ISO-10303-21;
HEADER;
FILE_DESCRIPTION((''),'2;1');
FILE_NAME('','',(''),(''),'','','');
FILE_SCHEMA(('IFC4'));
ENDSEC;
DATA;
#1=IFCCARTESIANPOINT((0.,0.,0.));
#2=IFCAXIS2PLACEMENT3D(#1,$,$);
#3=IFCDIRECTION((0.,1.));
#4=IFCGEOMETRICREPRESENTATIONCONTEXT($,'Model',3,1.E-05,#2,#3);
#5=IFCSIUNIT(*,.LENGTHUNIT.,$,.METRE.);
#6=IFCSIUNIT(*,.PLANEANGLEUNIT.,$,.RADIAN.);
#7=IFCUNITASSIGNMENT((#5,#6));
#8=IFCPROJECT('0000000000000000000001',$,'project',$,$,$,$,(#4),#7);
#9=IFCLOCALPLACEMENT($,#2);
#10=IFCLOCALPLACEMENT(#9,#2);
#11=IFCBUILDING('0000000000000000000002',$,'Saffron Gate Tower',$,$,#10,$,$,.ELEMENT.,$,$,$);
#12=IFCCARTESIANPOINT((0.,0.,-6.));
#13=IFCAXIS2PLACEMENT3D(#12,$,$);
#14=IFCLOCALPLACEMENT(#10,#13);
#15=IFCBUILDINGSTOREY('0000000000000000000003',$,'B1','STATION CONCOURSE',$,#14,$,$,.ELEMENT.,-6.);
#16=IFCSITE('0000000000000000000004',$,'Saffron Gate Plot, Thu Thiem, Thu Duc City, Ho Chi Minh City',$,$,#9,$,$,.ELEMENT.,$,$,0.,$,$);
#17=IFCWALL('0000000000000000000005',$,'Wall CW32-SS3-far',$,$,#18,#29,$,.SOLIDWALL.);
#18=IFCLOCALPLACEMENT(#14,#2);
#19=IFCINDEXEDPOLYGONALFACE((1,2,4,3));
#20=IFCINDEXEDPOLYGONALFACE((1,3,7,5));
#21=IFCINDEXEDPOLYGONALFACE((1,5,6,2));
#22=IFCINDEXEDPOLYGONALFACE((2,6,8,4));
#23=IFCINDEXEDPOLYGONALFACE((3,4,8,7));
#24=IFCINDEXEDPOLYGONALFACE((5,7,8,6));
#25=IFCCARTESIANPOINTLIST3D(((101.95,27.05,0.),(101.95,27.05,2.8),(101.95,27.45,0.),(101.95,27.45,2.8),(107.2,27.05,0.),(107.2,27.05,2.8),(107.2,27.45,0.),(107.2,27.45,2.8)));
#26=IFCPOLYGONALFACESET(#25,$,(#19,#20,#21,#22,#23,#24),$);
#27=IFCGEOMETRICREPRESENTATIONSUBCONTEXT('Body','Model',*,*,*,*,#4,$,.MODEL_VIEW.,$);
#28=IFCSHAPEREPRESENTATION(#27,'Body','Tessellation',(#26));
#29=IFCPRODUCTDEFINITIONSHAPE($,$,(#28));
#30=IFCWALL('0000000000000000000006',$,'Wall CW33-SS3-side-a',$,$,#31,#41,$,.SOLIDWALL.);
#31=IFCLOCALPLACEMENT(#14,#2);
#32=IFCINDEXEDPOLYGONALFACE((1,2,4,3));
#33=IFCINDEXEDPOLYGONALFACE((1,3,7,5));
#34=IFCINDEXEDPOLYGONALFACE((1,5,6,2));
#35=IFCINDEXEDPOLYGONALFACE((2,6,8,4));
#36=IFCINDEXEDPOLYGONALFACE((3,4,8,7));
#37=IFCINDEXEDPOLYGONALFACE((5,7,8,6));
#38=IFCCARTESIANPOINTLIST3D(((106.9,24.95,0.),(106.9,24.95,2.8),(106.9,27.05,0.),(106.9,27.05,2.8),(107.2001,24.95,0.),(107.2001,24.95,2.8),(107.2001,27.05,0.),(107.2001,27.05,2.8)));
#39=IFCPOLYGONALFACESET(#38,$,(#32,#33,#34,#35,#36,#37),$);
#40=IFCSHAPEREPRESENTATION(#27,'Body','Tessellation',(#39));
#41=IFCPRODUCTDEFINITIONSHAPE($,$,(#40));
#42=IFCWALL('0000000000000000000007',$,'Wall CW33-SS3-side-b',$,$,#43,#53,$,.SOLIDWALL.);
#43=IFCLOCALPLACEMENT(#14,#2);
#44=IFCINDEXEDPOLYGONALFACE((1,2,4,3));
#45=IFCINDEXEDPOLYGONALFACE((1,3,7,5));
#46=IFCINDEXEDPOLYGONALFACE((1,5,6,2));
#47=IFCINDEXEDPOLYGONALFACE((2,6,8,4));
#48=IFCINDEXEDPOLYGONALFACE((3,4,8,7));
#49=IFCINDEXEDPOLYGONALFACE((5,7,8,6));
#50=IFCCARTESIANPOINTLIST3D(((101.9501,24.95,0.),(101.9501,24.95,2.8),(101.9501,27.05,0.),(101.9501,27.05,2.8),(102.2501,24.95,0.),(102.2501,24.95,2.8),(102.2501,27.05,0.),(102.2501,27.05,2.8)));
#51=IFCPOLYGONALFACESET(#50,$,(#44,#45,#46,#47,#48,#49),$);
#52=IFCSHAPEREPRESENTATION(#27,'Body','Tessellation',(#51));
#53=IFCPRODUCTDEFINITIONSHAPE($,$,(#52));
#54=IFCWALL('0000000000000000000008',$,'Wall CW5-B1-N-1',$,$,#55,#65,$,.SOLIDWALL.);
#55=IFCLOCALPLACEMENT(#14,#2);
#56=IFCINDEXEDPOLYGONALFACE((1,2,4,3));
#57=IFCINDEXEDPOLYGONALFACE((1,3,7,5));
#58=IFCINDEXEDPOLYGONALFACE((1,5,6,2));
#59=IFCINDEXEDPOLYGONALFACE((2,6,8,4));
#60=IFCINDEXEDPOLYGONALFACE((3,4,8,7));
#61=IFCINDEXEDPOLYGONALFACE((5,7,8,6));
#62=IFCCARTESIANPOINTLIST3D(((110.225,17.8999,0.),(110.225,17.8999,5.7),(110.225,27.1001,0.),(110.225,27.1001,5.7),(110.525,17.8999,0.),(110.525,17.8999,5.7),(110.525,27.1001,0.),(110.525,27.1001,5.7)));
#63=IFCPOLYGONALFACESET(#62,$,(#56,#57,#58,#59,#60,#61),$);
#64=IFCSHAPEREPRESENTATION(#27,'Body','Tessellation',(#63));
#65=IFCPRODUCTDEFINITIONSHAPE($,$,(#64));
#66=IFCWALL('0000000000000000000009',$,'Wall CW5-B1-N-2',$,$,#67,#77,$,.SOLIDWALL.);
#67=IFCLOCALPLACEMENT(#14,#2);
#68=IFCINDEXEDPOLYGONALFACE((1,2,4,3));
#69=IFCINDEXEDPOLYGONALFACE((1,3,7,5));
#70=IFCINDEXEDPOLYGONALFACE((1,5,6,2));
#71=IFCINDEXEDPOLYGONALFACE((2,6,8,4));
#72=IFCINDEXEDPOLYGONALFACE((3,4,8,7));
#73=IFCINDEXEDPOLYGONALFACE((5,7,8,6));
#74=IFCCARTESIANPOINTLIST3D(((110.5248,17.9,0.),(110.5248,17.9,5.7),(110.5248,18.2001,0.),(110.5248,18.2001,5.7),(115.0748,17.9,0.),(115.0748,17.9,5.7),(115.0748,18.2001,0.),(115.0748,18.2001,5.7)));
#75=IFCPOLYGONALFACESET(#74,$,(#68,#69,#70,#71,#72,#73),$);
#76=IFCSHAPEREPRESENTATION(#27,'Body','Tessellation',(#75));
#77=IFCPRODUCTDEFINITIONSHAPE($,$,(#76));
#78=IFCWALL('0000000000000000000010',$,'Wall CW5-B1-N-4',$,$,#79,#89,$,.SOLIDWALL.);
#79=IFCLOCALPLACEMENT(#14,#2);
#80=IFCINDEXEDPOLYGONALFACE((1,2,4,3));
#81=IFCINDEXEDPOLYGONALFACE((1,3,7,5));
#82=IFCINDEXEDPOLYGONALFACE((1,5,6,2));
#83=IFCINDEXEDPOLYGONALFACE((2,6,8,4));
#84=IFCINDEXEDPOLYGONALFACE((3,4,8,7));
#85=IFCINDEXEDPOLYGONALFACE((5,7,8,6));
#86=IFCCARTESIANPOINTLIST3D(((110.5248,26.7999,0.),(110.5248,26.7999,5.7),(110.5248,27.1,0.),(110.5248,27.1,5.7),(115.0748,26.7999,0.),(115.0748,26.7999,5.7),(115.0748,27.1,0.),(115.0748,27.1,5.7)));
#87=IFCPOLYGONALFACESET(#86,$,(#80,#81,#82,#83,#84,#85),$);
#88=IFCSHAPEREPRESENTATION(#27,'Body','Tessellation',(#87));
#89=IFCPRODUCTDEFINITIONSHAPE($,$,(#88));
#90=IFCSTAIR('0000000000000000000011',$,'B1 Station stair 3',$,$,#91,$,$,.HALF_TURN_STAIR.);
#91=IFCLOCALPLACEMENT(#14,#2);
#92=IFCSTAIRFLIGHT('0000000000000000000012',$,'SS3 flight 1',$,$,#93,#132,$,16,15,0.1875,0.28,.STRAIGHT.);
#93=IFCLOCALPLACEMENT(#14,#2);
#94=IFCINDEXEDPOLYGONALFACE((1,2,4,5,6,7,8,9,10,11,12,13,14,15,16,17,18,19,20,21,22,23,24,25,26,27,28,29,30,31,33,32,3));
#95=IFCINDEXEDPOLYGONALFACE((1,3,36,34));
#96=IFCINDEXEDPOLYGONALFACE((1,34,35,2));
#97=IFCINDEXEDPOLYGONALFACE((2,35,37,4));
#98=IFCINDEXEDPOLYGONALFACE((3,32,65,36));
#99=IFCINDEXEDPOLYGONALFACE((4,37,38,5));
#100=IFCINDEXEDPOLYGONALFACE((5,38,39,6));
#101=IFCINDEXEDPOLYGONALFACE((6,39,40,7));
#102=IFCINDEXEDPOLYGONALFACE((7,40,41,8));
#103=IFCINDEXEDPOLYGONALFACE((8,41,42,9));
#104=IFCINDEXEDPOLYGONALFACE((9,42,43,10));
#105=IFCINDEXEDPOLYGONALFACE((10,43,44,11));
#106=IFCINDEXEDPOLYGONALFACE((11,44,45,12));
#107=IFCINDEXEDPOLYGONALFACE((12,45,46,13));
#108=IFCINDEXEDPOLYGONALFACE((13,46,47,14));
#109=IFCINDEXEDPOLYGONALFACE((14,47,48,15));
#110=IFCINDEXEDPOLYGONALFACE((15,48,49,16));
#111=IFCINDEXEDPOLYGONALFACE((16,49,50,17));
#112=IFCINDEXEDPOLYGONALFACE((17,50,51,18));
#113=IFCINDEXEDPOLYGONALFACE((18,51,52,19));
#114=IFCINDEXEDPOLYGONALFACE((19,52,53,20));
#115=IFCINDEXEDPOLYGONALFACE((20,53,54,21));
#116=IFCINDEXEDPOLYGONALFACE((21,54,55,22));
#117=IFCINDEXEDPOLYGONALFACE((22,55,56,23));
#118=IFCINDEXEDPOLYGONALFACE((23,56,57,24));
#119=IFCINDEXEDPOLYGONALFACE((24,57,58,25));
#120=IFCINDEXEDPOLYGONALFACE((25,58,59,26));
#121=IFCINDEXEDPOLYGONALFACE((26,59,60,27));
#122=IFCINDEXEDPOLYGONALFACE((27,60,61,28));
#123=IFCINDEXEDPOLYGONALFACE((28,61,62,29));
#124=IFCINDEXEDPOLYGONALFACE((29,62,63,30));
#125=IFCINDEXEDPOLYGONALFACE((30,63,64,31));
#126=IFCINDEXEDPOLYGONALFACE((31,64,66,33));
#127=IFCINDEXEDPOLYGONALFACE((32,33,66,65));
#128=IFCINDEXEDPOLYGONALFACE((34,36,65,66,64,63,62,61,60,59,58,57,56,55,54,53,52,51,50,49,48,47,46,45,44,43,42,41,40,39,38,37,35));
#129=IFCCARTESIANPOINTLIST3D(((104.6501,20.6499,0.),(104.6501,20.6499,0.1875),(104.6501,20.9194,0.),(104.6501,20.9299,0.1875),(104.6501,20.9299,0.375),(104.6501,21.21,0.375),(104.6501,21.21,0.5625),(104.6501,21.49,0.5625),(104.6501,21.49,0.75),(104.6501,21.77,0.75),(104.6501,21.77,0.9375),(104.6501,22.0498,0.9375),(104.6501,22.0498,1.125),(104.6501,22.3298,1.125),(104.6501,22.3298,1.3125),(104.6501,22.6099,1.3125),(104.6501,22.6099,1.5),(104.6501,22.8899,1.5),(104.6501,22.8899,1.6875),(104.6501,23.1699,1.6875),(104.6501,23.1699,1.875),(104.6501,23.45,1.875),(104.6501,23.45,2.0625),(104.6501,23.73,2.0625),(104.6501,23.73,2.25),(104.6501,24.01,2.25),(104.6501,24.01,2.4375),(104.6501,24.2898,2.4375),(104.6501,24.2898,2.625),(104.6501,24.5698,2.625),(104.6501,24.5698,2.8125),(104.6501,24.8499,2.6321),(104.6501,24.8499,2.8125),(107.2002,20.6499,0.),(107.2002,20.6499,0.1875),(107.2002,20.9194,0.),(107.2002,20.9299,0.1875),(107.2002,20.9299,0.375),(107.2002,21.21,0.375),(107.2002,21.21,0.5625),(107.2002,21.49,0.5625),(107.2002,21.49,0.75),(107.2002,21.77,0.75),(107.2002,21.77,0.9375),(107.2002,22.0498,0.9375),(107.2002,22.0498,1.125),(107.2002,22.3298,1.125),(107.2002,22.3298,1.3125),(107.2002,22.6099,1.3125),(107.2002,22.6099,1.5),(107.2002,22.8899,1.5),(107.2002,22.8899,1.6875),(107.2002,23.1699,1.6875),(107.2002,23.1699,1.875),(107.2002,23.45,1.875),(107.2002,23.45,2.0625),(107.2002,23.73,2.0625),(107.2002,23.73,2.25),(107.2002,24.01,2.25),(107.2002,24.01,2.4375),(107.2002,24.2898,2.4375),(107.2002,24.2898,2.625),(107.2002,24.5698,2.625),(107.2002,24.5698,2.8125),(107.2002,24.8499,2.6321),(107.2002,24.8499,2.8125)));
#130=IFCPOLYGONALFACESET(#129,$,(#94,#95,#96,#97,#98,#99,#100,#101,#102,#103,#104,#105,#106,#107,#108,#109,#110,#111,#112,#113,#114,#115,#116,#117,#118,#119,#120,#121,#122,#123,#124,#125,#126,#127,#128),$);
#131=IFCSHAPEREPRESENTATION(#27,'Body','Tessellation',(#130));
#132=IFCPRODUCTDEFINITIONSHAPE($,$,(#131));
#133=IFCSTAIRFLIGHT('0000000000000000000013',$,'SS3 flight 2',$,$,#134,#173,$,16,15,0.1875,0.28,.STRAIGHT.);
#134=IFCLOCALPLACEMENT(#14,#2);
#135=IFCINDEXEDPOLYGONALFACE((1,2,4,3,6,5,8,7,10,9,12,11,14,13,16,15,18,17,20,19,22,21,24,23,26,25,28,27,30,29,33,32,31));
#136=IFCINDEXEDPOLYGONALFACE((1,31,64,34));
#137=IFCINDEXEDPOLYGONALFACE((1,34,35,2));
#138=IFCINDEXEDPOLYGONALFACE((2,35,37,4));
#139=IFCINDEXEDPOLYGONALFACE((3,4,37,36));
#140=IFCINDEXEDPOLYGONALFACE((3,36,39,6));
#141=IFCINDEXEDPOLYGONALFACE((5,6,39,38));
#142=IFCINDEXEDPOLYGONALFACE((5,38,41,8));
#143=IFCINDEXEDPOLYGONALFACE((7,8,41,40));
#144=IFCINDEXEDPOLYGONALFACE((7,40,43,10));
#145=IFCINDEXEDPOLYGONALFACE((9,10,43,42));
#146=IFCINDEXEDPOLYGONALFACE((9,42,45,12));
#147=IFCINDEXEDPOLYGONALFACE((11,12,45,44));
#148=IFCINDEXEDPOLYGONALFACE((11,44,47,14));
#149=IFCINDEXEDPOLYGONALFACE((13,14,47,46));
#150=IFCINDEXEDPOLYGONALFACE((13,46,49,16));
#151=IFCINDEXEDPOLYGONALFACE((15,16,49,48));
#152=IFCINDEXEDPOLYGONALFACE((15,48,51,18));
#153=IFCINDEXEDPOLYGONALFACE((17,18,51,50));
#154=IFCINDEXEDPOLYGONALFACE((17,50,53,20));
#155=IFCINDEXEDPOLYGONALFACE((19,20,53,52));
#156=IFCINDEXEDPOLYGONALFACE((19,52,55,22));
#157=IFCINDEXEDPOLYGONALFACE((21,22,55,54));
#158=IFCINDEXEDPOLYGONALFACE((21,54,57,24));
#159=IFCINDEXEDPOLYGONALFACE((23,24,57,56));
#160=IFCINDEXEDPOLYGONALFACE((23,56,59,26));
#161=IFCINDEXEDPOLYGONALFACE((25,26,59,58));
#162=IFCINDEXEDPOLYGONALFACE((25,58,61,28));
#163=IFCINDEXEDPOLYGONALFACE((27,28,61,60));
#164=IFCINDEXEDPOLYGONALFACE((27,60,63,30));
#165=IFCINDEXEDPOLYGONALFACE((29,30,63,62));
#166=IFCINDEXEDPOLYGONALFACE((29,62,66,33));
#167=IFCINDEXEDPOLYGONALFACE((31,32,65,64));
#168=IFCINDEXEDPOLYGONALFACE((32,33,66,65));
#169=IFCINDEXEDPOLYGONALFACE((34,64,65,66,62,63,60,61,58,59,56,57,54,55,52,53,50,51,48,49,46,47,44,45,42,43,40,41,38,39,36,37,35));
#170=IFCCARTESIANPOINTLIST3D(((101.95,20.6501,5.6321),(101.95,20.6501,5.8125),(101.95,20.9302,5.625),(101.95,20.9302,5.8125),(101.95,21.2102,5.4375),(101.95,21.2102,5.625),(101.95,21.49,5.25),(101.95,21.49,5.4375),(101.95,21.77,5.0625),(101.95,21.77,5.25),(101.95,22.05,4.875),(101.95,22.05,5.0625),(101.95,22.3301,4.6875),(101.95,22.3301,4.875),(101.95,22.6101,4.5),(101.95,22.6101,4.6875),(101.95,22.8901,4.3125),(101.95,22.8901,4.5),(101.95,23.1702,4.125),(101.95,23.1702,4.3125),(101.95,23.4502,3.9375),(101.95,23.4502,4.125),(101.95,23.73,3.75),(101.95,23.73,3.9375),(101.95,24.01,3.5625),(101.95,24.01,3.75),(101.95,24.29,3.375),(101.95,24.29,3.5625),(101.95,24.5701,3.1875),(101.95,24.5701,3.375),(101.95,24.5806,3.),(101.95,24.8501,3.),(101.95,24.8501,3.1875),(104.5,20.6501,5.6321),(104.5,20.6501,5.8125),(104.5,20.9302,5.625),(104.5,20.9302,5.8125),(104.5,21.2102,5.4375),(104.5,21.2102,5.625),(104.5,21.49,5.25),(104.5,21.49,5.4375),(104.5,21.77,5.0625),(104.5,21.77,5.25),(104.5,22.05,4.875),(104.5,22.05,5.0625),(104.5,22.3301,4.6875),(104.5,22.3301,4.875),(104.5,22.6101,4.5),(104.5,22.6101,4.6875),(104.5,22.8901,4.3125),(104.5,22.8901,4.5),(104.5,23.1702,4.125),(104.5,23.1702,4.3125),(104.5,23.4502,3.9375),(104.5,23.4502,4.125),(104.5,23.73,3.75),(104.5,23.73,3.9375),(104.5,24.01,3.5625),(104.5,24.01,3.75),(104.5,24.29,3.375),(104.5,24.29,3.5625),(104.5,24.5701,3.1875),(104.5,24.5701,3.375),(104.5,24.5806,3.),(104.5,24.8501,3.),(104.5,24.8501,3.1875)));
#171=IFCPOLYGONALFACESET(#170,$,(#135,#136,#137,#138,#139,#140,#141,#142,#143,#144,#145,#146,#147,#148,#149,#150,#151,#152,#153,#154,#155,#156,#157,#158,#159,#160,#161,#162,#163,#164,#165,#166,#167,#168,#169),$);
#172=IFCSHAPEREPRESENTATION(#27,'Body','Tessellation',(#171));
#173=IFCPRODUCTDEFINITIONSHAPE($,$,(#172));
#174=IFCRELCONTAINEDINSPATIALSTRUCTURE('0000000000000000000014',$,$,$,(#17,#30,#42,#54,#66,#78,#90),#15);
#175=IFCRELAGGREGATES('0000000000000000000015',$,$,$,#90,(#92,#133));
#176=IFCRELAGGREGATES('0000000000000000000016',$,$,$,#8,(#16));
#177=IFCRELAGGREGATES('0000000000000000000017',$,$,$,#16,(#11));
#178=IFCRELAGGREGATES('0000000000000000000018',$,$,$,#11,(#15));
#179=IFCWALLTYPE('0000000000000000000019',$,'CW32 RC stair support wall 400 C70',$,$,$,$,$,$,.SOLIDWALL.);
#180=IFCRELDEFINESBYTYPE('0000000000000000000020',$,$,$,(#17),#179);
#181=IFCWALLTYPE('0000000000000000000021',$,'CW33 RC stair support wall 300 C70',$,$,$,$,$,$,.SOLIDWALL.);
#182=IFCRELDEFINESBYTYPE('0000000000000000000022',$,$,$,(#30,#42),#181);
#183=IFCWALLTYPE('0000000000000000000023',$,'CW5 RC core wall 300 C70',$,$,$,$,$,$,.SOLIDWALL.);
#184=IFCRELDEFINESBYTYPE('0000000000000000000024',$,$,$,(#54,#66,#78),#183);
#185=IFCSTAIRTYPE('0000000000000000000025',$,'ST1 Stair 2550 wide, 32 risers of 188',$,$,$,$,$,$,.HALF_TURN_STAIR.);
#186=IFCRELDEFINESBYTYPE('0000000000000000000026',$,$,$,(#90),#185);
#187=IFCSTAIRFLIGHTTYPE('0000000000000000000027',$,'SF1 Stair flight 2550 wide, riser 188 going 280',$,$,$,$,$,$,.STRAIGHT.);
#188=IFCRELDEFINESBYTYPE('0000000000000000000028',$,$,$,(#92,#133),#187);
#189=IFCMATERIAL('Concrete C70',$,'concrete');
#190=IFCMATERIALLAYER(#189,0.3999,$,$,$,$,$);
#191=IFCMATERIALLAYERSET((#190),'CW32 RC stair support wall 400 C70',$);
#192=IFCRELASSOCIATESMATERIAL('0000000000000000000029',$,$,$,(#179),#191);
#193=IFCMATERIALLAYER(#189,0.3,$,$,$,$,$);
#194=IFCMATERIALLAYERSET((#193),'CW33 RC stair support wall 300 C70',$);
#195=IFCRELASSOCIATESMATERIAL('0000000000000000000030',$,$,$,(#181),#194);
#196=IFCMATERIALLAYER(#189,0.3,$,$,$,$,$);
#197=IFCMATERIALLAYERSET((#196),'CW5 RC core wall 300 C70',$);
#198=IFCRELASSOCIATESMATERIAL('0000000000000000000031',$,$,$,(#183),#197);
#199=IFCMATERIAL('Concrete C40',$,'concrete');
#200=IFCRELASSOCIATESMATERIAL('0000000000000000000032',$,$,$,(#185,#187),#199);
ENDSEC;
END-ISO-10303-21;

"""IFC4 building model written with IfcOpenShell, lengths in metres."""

from ifc_helpers import new_model, si_unit, direction, frame, frame_2d, origin, place, context, subcontext, project, spatial, polyline, rectangle, outline, extrude, material, layer, layer_set, type_object, element, aggregate, save


model = new_model("IFC4")

# Units and contexts
model_context = context("Model", 3, precision=1e-05, world=origin(), true_north=direction((0.0, 1.0)))
body_context = subcontext(model_context, "Body", "Model", "MODEL_VIEW")
ifc_project = project(units=[si_unit("LENGTHUNIT", "METRE"), si_unit("PLANEANGLEUNIT", "RADIAN")], contexts=[model_context])

# Site, building, storey
site_placement = place(None, origin())
site = spatial("IfcSite", under=ifc_project, at=site_placement, Name="Saffron Gate Plot, Thu Thiem, Thu Duc City, Ho Chi Minh City", CompositionType="ELEMENT", RefElevation=0.0)
building_placement = place(site_placement, origin())
building = spatial("IfcBuilding", under=site, at=building_placement, Name="Saffron Gate Tower", CompositionType="ELEMENT")
storey_placement = place(building_placement, frame((0.0, 0.0, -6.0)))
storey = spatial("IfcBuildingStorey", under=building, at=storey_placement, Name="B1", Description="STATION CONCOURSE", CompositionType="ELEMENT", Elevation=-6.0)

# Shared definitions
ifc_material_1 = material(Name="Concrete C40", Category="concrete")

# Walls
ifc_material_2 = material(Name="Concrete C70", Category="concrete")
ifc_layer_1 = layer(ifc_material_2, 0.3999)
ifc_layer_set_1 = layer_set([ifc_layer_1], Name="CW32 RC stair support wall 400 C70")
wall_type_1 = type_object("IfcWallType", Name="CW32 RC stair support wall 400 C70", PredefinedType="SOLIDWALL", material=ifc_layer_set_1)
wall_1_placement = place(storey_placement, frame((107.2, 27.25, 0.0), z_axis=(0.0, 0.0, 1.0), x_axis=(-1.0, 0.0, 0.0)))
element("IfcWall", 1, at=wall_1_placement, inside=storey, type_object=wall_type_1, Name="Wall CW32-SS3-far", PredefinedType="SOLIDWALL", context=body_context, shape_type="SweptSolid", body=[
    extrude(rectangle(XDim=5.25, YDim=0.3999, at=frame_2d((2.625, 0.0))), origin(), (0.0, 0.0, 1.0), 2.8),
])
ifc_layer_2 = layer(ifc_material_2, 0.3)
ifc_layer_set_2 = layer_set([ifc_layer_2], Name="CW33 RC stair support wall 300 C70")
wall_type_2 = type_object("IfcWallType", Name="CW33 RC stair support wall 300 C70", PredefinedType="SOLIDWALL", material=ifc_layer_set_2)
for number, where, z_axis, x_axis, name in (
    (2, (107.05, 24.95, 0.0), (0.0, 0.0, 1.0), (0.0, 1.0, 0.0), "Wall CW33-SS3-side-a"),
    (3, (102.1001, 24.95, 0.0), (0.0, 0.0, 1.0), (0.0, 1.0, 0.0), "Wall CW33-SS3-side-b"),
):
    element("IfcWall", number, at=place(storey_placement, frame(where, z_axis=z_axis, x_axis=x_axis)), inside=storey, type_object=wall_type_2, Name=name, PredefinedType="SOLIDWALL", context=body_context, shape_type="SweptSolid", body=[
        extrude(rectangle(XDim=2.1001, YDim=0.3, at=frame_2d((1.05, 0.0))), origin(), (0.0, 0.0, 1.0), 2.8),
    ])
ifc_layer_3 = layer(ifc_material_2, 0.3)
ifc_layer_set_3 = layer_set([ifc_layer_3], Name="CW5 RC core wall 300 C70")
wall_type_3 = type_object("IfcWallType", Name="CW5 RC core wall 300 C70", PredefinedType="SOLIDWALL", material=ifc_layer_set_3)
wall_2_placement = place(storey_placement, frame((110.375, 17.8999, 0.0), z_axis=(0.0, 0.0, 1.0), x_axis=(0.0, 1.0, 0.0)))
element("IfcWall", 4, at=wall_2_placement, inside=storey, type_object=wall_type_3, Name="Wall CW5-B1-N-1", PredefinedType="SOLIDWALL", context=body_context, shape_type="SweptSolid", body=[
    extrude(rectangle(XDim=9.2002, YDim=0.3, at=frame_2d((4.6001, 0.0))), origin(), (0.0, 0.0, 1.0), 5.7),
])
for number, where, z_axis, x_axis, name in (
    (5, (110.5249, 18.05, 0.0), (0.0, 0.0, 1.0), (1.0, 0.0, 0.0), "Wall CW5-B1-N-2"),
    (6, (110.5249, 26.95, 0.0), (0.0, 0.0, 1.0), (1.0, 0.0, 0.0), "Wall CW5-B1-N-4"),
):
    element("IfcWall", number, at=place(storey_placement, frame(where, z_axis=z_axis, x_axis=x_axis)), inside=storey, type_object=wall_type_3, Name=name, PredefinedType="SOLIDWALL", context=body_context, shape_type="SweptSolid", body=[
        extrude(rectangle(XDim=4.55, YDim=0.3, at=frame_2d((2.2749, 0.0))), origin(), (0.0, 0.0, 1.0), 5.7),
    ])

# Stair, stair flights
stair_type = type_object("IfcStairType", Name="ST1 Stair 2550 wide, 32 risers of 188", PredefinedType="HALF_TURN_STAIR", material=ifc_material_1)
stair_placement = place(storey_placement, origin())
stair = element("IfcStair", 7, at=stair_placement, inside=storey, type_object=stair_type, Name="B1 Station stair 3", PredefinedType="HALF_TURN_STAIR")
stair_flight_type = type_object("IfcStairFlightType", Name="SF1 Stair flight 2550 wide, riser 188 going 280", PredefinedType="STRAIGHT", material=ifc_material_1)
stair_flight_1_placement = place(storey_placement, frame((105.925, 20.6499, 0.0), z_axis=(0.0, 0.0, 1.0), x_axis=(0.0, 1.0, 0.0)))
stair_flight_1 = element("IfcStairFlight", 8, at=stair_flight_1_placement, type_object=stair_flight_type, Name="SS3 flight 1", NumberOfRisers=16, NumberOfTreads=15, PredefinedType="STRAIGHT", RiserHeight=0.1875, TreadLength=0.28, context=body_context, shape_type="SweptSolid", body=[
    extrude(outline(polyline([(0.0, 0.0), (0.0, 0.1875), (0.28, 0.1875), (0.28, 0.375), (0.5601, 0.375), (0.5601, 0.5625), (0.8401, 0.5625), (0.8401, 0.75), (1.1201, 0.75), (1.1201, 0.9375), (1.3999, 0.9375), (1.3999, 1.125), (1.6799, 1.125), (1.6799, 1.3125), (1.96, 1.3125), (1.96, 1.5), (2.24, 1.5), (2.24, 1.6875), (2.52, 1.6875), (2.52, 1.875), (2.8, 1.875), (2.8, 2.0625), (3.0801, 2.0625), (3.0801, 2.25), (3.3601, 2.25), (3.3601, 2.4375), (3.6399, 2.4375), (3.6399, 2.625), (3.9199, 2.625), (3.9199, 2.8125), (4.2, 2.8125), (4.2, 3.0), (4.2, 2.6321), (0.2695, 0.0), (0.0, 0.0)])), frame((0.0, 1.2749, 0.0), z_axis=(0.0, -1.0, 0.0), x_axis=(1.0, 0.0, 0.0)), (0.0, 0.0, 1.0), 2.55),
])
stair_flight_2_placement = place(storey_placement, frame((103.2251, 24.8501, 3.0), z_axis=(0.0, 0.0, 1.0), x_axis=(0.0, -1.0, 0.0)))
stair_flight_2 = element("IfcStairFlight", 9, at=stair_flight_2_placement, type_object=stair_flight_type, Name="SS3 flight 2", NumberOfRisers=16, NumberOfTreads=15, PredefinedType="STRAIGHT", RiserHeight=0.1875, TreadLength=0.28, context=body_context, shape_type="SweptSolid", body=[
    extrude(outline(polyline([(0.0, 0.0), (0.0, 0.1875), (0.28, 0.1875), (0.28, 0.375), (0.5601, 0.375), (0.5601, 0.5625), (0.8401, 0.5625), (0.8401, 0.75), (1.1201, 0.75), (1.1201, 0.9375), (1.3999, 0.9375), (1.3999, 1.125), (1.6799, 1.125), (1.6799, 1.3125), (1.96, 1.3125), (1.96, 1.5), (2.24, 1.5), (2.24, 1.6875), (2.52, 1.6875), (2.52, 1.875), (2.8, 1.875), (2.8, 2.0625), (3.0801, 2.0625), (3.0801, 2.25), (3.3601, 2.25), (3.3601, 2.4375), (3.6399, 2.4375), (3.6399, 2.625), (3.9199, 2.625), (3.9199, 2.8125), (4.2, 2.8125), (4.2, 3.0), (4.2, 2.6321), (0.2695, 0.0), (0.0, 0.0)])), frame((0.0, 1.2749, 0.0), z_axis=(0.0, -1.0, 0.0), x_axis=(1.0, 0.0, 0.0)), (0.0, 0.0, 1.0), 2.55),
])
aggregate(stair, [stair_flight_1, stair_flight_2])

save(model, "model.ifc")
